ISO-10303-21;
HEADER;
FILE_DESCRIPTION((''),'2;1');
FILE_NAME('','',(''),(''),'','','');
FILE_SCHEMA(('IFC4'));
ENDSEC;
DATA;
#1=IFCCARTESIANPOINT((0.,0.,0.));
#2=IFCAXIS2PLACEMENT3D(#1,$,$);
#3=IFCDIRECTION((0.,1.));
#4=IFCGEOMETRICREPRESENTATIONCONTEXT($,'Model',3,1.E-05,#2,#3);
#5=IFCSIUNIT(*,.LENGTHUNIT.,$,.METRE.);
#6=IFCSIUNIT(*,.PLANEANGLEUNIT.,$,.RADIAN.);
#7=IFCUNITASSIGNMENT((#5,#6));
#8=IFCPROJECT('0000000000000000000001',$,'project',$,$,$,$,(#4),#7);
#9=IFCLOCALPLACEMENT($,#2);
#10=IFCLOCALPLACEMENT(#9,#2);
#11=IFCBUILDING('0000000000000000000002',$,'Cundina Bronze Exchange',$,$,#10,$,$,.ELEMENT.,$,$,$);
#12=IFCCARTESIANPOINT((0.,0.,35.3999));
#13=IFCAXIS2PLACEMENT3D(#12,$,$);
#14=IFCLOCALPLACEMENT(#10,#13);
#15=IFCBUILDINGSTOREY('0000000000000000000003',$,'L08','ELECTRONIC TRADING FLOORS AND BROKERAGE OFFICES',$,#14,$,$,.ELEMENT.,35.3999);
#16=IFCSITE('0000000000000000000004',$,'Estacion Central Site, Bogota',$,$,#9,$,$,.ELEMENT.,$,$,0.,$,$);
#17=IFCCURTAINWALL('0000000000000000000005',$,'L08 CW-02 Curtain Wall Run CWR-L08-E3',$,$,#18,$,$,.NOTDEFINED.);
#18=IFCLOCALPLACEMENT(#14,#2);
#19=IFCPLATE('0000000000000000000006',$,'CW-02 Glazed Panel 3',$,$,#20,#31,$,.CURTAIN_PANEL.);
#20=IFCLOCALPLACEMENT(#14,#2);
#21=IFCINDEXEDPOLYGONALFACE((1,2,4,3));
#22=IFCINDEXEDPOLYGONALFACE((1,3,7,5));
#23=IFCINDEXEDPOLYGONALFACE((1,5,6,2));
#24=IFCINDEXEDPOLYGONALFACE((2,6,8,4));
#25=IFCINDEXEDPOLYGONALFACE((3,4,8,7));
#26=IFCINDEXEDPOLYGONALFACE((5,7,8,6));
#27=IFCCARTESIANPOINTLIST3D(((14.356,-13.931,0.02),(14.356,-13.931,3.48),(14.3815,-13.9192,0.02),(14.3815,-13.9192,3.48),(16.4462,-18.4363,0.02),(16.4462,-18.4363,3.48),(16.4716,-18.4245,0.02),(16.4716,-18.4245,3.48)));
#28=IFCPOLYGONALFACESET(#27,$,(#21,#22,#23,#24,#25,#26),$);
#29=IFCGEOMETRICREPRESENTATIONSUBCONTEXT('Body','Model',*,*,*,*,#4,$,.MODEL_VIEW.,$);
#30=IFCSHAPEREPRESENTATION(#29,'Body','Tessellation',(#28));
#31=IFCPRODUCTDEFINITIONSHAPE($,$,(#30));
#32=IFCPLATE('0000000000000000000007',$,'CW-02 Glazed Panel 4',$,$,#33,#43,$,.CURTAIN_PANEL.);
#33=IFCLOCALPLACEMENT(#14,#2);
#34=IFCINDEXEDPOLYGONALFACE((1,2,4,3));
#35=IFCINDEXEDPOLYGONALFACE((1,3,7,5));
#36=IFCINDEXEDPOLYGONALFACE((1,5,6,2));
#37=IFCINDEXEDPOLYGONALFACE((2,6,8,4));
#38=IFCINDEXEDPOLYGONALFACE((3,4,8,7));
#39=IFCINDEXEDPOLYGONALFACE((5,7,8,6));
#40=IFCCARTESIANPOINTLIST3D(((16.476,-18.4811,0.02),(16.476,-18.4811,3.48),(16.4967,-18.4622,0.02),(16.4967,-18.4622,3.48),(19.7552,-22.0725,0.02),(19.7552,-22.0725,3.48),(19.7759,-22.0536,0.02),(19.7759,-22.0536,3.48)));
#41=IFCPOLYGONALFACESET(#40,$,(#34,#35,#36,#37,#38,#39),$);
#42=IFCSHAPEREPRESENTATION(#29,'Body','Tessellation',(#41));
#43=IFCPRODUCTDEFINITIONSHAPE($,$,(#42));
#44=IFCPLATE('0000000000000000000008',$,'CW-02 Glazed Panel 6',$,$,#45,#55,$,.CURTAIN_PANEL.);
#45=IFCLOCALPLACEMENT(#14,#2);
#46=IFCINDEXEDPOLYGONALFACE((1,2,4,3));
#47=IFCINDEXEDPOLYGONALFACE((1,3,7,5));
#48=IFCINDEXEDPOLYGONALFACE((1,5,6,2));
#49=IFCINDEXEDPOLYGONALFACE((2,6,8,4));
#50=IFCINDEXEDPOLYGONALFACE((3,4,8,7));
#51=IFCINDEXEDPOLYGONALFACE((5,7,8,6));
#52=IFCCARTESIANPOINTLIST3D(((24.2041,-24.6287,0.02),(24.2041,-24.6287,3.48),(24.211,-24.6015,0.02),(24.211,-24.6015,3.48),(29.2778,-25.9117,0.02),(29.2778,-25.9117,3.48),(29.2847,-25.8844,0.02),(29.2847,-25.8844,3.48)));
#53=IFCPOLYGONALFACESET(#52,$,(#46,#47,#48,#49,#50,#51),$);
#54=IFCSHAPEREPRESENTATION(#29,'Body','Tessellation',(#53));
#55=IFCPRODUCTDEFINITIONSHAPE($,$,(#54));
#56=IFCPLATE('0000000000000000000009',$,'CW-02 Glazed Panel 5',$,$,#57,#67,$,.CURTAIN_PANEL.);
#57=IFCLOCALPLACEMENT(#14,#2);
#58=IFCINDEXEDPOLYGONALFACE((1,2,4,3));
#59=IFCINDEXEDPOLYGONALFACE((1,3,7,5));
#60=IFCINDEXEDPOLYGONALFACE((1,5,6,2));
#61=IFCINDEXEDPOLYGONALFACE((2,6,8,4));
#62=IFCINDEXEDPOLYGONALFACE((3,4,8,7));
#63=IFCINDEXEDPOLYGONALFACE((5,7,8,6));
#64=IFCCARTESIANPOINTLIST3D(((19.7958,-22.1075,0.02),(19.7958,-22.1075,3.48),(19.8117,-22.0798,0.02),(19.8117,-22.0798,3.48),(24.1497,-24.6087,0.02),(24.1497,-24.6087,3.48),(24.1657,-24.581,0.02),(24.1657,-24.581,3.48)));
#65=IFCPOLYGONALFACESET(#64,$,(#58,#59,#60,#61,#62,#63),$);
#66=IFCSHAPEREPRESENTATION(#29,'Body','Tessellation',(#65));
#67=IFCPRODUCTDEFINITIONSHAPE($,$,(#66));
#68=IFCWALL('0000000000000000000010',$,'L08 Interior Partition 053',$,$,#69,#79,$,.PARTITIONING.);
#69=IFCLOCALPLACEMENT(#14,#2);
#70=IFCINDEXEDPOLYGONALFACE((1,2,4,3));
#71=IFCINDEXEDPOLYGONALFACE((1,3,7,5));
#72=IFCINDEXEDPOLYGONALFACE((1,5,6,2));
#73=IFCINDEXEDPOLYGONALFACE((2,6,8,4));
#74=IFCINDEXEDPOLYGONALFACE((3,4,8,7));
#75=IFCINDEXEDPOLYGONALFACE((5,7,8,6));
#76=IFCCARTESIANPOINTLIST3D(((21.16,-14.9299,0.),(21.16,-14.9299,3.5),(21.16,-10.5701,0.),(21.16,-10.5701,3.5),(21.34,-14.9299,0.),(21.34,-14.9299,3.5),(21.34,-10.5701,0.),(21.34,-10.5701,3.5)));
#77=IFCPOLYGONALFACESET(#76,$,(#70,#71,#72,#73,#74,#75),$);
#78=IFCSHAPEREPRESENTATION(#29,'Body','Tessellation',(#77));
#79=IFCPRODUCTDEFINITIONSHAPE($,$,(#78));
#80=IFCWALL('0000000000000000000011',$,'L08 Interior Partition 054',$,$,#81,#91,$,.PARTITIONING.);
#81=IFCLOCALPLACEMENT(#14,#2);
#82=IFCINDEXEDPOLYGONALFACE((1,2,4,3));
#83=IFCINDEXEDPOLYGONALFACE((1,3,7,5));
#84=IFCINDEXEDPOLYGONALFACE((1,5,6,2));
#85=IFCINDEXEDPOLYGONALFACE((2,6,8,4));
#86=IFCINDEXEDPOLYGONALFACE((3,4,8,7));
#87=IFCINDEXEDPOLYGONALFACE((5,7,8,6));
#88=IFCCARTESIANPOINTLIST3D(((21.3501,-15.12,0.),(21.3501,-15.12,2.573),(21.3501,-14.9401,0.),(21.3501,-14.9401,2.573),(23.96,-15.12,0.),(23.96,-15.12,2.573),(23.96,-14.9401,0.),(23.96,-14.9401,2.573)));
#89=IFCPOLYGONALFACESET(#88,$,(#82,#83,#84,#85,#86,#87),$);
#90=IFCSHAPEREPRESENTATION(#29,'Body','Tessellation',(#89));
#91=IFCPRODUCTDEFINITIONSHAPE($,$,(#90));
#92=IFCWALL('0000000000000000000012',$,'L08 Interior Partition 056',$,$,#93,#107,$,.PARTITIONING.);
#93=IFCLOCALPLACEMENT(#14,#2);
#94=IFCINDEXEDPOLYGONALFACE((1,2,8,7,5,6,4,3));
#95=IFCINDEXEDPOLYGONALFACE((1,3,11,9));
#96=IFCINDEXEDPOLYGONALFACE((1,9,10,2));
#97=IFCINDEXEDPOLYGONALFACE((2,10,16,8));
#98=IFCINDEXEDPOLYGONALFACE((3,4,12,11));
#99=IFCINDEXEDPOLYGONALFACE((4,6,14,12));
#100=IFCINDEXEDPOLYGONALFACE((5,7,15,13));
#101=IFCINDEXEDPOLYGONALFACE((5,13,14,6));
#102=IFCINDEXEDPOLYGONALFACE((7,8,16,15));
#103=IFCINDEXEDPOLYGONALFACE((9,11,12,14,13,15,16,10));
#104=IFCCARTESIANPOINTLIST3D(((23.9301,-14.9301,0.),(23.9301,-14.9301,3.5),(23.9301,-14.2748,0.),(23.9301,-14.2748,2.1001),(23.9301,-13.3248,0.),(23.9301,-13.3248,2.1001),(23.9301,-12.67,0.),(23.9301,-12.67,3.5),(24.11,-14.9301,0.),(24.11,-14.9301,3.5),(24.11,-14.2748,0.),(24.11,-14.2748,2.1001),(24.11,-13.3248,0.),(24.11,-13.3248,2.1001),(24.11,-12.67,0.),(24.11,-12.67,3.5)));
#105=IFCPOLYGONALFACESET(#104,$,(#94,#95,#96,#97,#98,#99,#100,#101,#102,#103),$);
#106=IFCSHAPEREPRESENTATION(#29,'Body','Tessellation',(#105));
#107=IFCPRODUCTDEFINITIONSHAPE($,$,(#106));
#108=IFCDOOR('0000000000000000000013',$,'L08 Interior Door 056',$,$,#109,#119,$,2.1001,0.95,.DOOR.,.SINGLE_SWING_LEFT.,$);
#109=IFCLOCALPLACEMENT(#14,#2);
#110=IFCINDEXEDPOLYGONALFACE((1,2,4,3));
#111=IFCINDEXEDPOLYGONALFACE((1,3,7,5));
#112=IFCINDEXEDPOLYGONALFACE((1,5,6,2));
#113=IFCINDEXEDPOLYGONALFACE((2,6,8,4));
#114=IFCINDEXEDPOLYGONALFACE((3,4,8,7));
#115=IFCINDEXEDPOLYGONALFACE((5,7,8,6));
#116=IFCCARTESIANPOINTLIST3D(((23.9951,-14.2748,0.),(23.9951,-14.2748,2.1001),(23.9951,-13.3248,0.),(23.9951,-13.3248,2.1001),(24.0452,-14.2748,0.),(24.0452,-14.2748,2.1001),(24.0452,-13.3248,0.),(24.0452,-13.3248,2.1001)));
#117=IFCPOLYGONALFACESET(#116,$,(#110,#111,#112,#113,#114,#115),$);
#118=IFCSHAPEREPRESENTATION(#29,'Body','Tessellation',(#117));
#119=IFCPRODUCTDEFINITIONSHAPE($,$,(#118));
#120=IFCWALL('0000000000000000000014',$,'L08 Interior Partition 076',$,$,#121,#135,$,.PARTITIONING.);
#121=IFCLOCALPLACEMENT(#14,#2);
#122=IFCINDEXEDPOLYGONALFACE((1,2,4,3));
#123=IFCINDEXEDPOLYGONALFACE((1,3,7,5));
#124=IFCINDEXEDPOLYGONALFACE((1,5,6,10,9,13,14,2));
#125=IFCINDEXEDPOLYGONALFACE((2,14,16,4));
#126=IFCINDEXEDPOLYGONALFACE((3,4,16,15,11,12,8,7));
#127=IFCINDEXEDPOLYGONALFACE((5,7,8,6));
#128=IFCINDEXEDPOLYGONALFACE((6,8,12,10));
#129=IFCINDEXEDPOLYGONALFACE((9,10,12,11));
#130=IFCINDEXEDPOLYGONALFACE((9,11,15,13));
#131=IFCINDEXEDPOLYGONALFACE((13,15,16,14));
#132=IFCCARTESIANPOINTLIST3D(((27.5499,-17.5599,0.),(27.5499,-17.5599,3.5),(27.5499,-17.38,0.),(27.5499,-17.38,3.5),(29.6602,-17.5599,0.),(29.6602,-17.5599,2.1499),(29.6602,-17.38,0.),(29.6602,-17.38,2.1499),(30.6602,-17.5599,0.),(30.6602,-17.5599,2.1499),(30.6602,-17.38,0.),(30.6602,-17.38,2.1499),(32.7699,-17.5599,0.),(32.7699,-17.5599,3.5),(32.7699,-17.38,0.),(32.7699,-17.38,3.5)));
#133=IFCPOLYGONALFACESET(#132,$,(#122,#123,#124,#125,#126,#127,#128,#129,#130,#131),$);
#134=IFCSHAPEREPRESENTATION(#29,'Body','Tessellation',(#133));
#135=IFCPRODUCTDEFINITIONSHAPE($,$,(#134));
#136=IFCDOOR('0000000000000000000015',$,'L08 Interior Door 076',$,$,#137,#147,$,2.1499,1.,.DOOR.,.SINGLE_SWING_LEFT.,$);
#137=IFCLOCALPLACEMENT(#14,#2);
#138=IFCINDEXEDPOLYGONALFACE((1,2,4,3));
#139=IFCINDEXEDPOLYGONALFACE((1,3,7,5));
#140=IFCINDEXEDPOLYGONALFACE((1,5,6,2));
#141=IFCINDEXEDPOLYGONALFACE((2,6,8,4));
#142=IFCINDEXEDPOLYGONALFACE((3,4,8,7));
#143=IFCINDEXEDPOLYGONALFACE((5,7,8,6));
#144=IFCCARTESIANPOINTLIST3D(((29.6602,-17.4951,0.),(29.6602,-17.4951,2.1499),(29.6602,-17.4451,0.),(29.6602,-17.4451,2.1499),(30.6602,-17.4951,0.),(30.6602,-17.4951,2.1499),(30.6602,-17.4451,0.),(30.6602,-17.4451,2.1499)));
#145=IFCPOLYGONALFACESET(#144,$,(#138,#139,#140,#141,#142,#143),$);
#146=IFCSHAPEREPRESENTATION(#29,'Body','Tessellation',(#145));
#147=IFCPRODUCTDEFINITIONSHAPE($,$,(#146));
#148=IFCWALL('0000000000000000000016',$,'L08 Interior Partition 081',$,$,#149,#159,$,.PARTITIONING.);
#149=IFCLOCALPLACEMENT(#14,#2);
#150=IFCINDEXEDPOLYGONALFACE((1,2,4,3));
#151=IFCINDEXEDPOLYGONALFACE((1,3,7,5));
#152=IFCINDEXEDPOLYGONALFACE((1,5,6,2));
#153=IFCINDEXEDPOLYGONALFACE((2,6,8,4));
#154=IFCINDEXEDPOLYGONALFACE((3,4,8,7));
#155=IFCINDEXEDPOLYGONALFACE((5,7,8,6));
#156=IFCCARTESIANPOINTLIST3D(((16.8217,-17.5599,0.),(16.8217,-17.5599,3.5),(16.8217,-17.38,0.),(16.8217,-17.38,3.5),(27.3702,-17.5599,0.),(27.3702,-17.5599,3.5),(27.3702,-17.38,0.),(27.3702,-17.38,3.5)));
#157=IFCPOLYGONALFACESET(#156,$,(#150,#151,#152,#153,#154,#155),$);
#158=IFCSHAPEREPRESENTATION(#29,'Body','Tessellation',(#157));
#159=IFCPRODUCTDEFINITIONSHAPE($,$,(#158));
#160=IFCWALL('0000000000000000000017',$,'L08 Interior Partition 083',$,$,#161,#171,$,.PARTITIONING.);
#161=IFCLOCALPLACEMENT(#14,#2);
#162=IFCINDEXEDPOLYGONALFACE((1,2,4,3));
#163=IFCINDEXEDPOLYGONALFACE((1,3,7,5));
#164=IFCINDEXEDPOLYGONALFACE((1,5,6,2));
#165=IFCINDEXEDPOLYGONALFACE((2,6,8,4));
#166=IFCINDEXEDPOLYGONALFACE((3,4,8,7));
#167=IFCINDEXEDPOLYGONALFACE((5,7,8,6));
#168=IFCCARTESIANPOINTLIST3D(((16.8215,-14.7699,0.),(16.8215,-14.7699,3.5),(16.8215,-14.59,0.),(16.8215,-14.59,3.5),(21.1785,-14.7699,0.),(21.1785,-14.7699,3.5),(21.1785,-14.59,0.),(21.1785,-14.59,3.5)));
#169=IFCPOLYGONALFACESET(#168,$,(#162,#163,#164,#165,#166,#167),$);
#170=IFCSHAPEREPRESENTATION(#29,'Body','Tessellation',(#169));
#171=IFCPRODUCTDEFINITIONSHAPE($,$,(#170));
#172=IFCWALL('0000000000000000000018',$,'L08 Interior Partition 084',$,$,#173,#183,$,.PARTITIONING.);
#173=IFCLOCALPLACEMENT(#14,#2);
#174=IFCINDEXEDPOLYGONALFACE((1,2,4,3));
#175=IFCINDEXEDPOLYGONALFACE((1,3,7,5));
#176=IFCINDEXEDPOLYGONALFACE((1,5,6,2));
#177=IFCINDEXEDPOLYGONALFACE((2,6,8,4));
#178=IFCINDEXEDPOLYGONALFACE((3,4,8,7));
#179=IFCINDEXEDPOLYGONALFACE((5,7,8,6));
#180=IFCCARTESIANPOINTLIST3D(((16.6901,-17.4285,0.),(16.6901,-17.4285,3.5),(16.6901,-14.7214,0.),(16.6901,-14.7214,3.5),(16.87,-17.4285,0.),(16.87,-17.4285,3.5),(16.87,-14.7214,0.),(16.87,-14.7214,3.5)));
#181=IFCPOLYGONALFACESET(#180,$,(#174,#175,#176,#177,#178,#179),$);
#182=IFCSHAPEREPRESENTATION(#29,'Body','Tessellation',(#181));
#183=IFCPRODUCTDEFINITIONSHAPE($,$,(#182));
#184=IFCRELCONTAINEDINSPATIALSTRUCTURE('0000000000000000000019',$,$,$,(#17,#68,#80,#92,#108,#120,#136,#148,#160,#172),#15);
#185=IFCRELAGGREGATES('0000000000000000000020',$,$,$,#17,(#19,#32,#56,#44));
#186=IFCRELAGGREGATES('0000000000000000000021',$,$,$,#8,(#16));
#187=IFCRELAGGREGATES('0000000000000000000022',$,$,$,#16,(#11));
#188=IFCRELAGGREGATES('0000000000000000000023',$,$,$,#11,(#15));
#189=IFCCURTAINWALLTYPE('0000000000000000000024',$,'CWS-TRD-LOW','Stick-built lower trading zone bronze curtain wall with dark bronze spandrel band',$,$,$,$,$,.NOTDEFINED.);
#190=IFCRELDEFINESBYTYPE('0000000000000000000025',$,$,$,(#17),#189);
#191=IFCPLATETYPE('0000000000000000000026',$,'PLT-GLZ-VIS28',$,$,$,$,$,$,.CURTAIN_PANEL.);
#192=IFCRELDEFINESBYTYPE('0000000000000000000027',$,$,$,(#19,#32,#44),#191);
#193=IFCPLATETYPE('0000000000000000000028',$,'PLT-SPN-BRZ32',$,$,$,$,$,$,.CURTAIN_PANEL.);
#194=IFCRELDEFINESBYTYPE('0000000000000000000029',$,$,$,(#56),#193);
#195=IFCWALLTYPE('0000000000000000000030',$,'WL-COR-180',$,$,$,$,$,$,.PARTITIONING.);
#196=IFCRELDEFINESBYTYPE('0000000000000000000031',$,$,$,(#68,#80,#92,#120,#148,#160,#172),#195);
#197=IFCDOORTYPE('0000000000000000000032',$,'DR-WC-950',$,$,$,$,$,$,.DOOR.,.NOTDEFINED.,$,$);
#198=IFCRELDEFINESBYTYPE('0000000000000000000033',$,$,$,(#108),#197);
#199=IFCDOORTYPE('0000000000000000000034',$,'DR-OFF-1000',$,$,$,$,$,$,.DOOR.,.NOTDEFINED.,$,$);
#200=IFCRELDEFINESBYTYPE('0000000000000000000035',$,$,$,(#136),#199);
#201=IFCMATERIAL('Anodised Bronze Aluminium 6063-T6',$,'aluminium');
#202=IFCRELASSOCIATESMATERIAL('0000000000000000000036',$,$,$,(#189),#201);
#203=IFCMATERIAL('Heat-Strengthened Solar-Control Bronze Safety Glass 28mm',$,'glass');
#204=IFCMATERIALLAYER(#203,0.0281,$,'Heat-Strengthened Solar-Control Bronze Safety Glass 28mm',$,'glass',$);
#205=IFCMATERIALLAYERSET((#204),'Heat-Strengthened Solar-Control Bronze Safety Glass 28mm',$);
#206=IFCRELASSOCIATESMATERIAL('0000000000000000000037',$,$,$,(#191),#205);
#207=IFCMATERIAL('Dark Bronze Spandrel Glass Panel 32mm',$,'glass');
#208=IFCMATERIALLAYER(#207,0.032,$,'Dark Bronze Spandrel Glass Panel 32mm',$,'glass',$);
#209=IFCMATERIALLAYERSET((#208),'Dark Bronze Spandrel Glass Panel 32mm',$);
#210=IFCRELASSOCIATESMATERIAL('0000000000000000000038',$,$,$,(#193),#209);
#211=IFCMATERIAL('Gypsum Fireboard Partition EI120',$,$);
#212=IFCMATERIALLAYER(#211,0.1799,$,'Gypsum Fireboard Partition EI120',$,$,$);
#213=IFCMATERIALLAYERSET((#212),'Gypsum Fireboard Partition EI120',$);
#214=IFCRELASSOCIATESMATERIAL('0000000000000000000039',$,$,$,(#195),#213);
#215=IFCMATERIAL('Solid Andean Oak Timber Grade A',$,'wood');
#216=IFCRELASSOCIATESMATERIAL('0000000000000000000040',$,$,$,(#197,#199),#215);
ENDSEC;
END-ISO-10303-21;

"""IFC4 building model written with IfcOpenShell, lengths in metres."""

from ifc_helpers import new_model, si_unit, direction, frame, frame_2d, origin, origin_2d, place, context, subcontext, project, spatial, rectangle, extrude, material, layer, layer_set, type_object, element, fill, aggregate, save


model = new_model("IFC4")

# Units and contexts
model_context = context("Model", 3, precision=1e-05, world=origin(), true_north=direction((0.0, 1.0)))
body_context = subcontext(model_context, "Body", "Model", "MODEL_VIEW")
ifc_project = project(units=[si_unit("LENGTHUNIT", "METRE"), si_unit("PLANEANGLEUNIT", "RADIAN")], contexts=[model_context])

# Site, building, storey
site_placement = place(None, origin())
site = spatial("IfcSite", under=ifc_project, at=site_placement, Name="Estacion Central Site, Bogota", CompositionType="ELEMENT", RefElevation=0.0)
building_placement = place(site_placement, origin())
building = spatial("IfcBuilding", under=site, at=building_placement, Name="Cundina Bronze Exchange", CompositionType="ELEMENT")
storey_placement = place(building_placement, frame((0.0, 0.0, 35.3999)))
storey = spatial("IfcBuildingStorey", under=building, at=storey_placement, Name="L08", Description="ELECTRONIC TRADING FLOORS AND BROKERAGE OFFICES", CompositionType="ELEMENT", Elevation=35.3999)

# Curtain wall, plates
ifc_material_1 = material(Name="Anodised Bronze Aluminium 6063-T6", Category="aluminium")
curtain_wall_type = type_object("IfcCurtainWallType", Name="CWS-TRD-LOW", Description="Stick-built lower trading zone bronze curtain wall with dark bronze spandrel band", PredefinedType="NOTDEFINED", material=ifc_material_1)
curtain_wall_placement = place(storey_placement, origin())
curtain_wall = element("IfcCurtainWall", 1, at=curtain_wall_placement, inside=storey, type_object=curtain_wall_type, Name="L08 CW-02 Curtain Wall Run CWR-L08-E3", PredefinedType="NOTDEFINED")
ifc_material_2 = material(Name="Heat-Strengthened Solar-Control Bronze Safety Glass 28mm", Category="glass")
ifc_layer_1 = layer(ifc_material_2, 0.0281, Name="Heat-Strengthened Solar-Control Bronze Safety Glass 28mm", Category="glass")
ifc_layer_set_1 = layer_set([ifc_layer_1], Name="Heat-Strengthened Solar-Control Bronze Safety Glass 28mm")
plate_type_1 = type_object("IfcPlateType", Name="PLT-GLZ-VIS28", PredefinedType="CURTAIN_PANEL", material=ifc_layer_set_1)
plate_1_placement = place(storey_placement, frame((15.4138, -16.1777, 0.02), z_axis=(0.0, 0.0, 1.0), x_axis=(0.420846, -0.907132, 0.0)))
plate_1 = element("IfcPlate", 2, at=plate_1_placement, type_object=plate_type_1, Name="CW-02 Glazed Panel 3", PredefinedType="CURTAIN_PANEL", context=body_context, shape_type="SweptSolid", body=[
    extrude(rectangle(XDim=4.9666, YDim=0.0281, at=origin_2d()), origin(), (0.0, 0.0, 1.0), 3.46),
])
plate_2_placement = place(storey_placement, frame((18.126, -20.2673, 0.02), z_axis=(0.0, 0.0, 1.0), x_axis=(0.674277, -0.738479, 0.0)))
plate_2 = element("IfcPlate", 3, at=plate_2_placement, type_object=plate_type_1, Name="CW-02 Glazed Panel 4", PredefinedType="CURTAIN_PANEL", context=body_context, shape_type="SweptSolid", body=[
    extrude(rectangle(XDim=4.8633, YDim=0.0281, at=origin_2d()), origin(), (0.0, 0.0, 1.0), 3.46),
])
plate_3_placement = place(storey_placement, frame((26.7444, -25.2566, 0.02), z_axis=(0.0, 0.0, 1.0), x_axis=(0.969488, -0.245138, 0.0)))
plate_3 = element("IfcPlate", 4, at=plate_3_placement, type_object=plate_type_1, Name="CW-02 Glazed Panel 6", PredefinedType="CURTAIN_PANEL", context=body_context, shape_type="SweptSolid", body=[
    extrude(rectangle(XDim=5.2334, YDim=0.0281, at=origin_2d()), origin(), (0.0, 0.0, 1.0), 3.46),
])
ifc_material_3 = material(Name="Dark Bronze Spandrel Glass Panel 32mm", Category="glass")
ifc_layer_2 = layer(ifc_material_3, 0.032, Name="Dark Bronze Spandrel Glass Panel 32mm", Category="glass")
ifc_layer_set_2 = layer_set([ifc_layer_2], Name="Dark Bronze Spandrel Glass Panel 32mm")
plate_type_2 = type_object("IfcPlateType", Name="PLT-SPN-BRZ32", PredefinedType="CURTAIN_PANEL", material=ifc_layer_set_2)
plate_4_placement = place(storey_placement, frame((21.9807, -23.3442, 0.02), z_axis=(0.0, 0.0, 1.0), x_axis=(0.867105, -0.498125, 0.0)))
plate_4 = element("IfcPlate", 5, at=plate_4_placement, type_object=plate_type_2, Name="CW-02 Glazed Panel 5", PredefinedType="CURTAIN_PANEL", context=body_context, shape_type="SweptSolid", body=[
    extrude(rectangle(XDim=5.0212, YDim=0.032, at=origin_2d()), origin(), (0.0, 0.0, 1.0), 3.46),
])
aggregate(curtain_wall, [plate_1, plate_2, plate_4, plate_3])

# Walls
ifc_material_4 = material(Name="Gypsum Fireboard Partition EI120")
ifc_layer_3 = layer(ifc_material_4, 0.1799, Name="Gypsum Fireboard Partition EI120")
ifc_layer_set_3 = layer_set([ifc_layer_3], Name="Gypsum Fireboard Partition EI120")
wall_type_1 = type_object("IfcWallType", Name="WL-COR-180", PredefinedType="PARTITIONING", material=ifc_layer_set_3)
wall_1_placement = place(storey_placement, frame((21.25, -14.9299, 0.0), z_axis=(0.0, 0.0, 1.0), x_axis=(0.0, 1.0, 0.0)))
element("IfcWall", 6, at=wall_1_placement, inside=storey, type_object=wall_type_1, Name="L08 Interior Partition 053", PredefinedType="PARTITIONING", context=body_context, shape_type="SweptSolid", body=[
    extrude(rectangle(XDim=4.3599, YDim=0.1799, at=frame_2d((2.1799, 0.0))), origin(), (0.0, 0.0, 1.0), 3.5),
])
wall_2_placement = place(storey_placement, frame((21.3501, -15.03, 0.0), z_axis=(0.0, 0.0, 1.0), x_axis=(1.0, 0.0, 0.0)))
element("IfcWall", 7, at=wall_2_placement, inside=storey, type_object=wall_type_1, Name="L08 Interior Partition 054", PredefinedType="PARTITIONING", context=body_context, shape_type="SweptSolid", body=[
    extrude(rectangle(XDim=2.6099, YDim=0.1799, at=frame_2d((1.3049, 0.0))), origin(), (0.0, 0.0, 1.0), 2.573),
])

# Walls, openings, doors
wall_3_placement = place(storey_placement, frame((24.02, -14.9299, 0.0), z_axis=(0.0, 0.0, 1.0), x_axis=(0.0, 1.0, 0.0)))
wall_3 = element("IfcWall", 8, at=wall_3_placement, inside=storey, type_object=wall_type_1, Name="L08 Interior Partition 056", PredefinedType="PARTITIONING", context=body_context, shape_type="SweptSolid", body=[
    extrude(rectangle(XDim=2.26, YDim=0.1799, at=frame_2d((1.1299, 0.0))), origin(), (0.0, 0.0, 1.0), 3.5),
])
opening_1_placement = place(wall_3_placement, frame((0.655, 0.0, 0.0)))
opening_1 = element("IfcOpeningElement", 9, at=opening_1_placement, cuts=wall_3, PredefinedType="OPENING", context=body_context, shape_type="SweptSolid", body=[
    extrude(rectangle(XDim=0.95, YDim=2.1001, at=frame_2d((0.4751, 1.05))), frame((0.0, 0.0999, 0.0), z_axis=(0.0, -1.0, 0.0), x_axis=(1.0, 0.0, 0.0)), (0.0, 0.0, 1.0), 0.2),
])
ifc_material_5 = material(Name="Solid Andean Oak Timber Grade A", Category="wood")
door_type_1 = type_object("IfcDoorType", Name="DR-WC-950", OperationType="NOTDEFINED", PredefinedType="DOOR", material=ifc_material_5)
door_1_placement = place(opening_1_placement, origin())
door_1 = element("IfcDoor", 10, at=door_1_placement, inside=storey, type_object=door_type_1, Name="L08 Interior Door 056", OperationType="SINGLE_SWING_LEFT", OverallHeight=2.1001, OverallWidth=0.95, PredefinedType="DOOR", context=body_context, shape_type="SweptSolid", body=[
    extrude(rectangle(XDim=0.95, YDim=2.1001, at=frame_2d((0.4751, 1.05))), frame((0.0, 0.0249, 0.0), z_axis=(0.0, -1.0, 0.0), x_axis=(1.0, 0.0, 0.0)), (0.0, 0.0, 1.0), 0.05),
])
fill(opening_1, door_1)
wall_4_placement = place(storey_placement, frame((27.55, -17.47, 0.0), z_axis=(0.0, 0.0, 1.0), x_axis=(1.0, 0.0, 0.0)))
wall_4 = element("IfcWall", 11, at=wall_4_placement, inside=storey, type_object=wall_type_1, Name="L08 Interior Partition 076", PredefinedType="PARTITIONING", context=body_context, shape_type="SweptSolid", body=[
    extrude(rectangle(XDim=5.22, YDim=0.1799, at=frame_2d((2.6099, 0.0))), origin(), (0.0, 0.0, 1.0), 3.5),
])
opening_2_placement = place(wall_4_placement, frame((2.1101, 0.0, 0.0)))
opening_2 = element("IfcOpeningElement", 12, at=opening_2_placement, cuts=wall_4, PredefinedType="OPENING", context=body_context, shape_type="SweptSolid", body=[
    extrude(rectangle(XDim=1.0, YDim=2.1499, at=frame_2d((0.5, 1.075))), frame((0.0, 0.0999, 0.0), z_axis=(0.0, -1.0, 0.0), x_axis=(1.0, 0.0, 0.0)), (0.0, 0.0, 1.0), 0.2),
])
door_type_2 = type_object("IfcDoorType", Name="DR-OFF-1000", OperationType="NOTDEFINED", PredefinedType="DOOR", material=ifc_material_5)
door_2_placement = place(opening_2_placement, origin())
door_2 = element("IfcDoor", 13, at=door_2_placement, inside=storey, type_object=door_type_2, Name="L08 Interior Door 076", OperationType="SINGLE_SWING_LEFT", OverallHeight=2.1499, OverallWidth=1.0, PredefinedType="DOOR", context=body_context, shape_type="SweptSolid", body=[
    extrude(rectangle(XDim=1.0, YDim=2.1499, at=frame_2d((0.5, 1.075))), frame((0.0, 0.0249, 0.0), z_axis=(0.0, -1.0, 0.0), x_axis=(1.0, 0.0, 0.0)), (0.0, 0.0, 1.0), 0.05),
])
fill(opening_2, door_2)

# Walls
wall_5_placement = place(storey_placement, frame((16.8215, -17.47, 0.0), z_axis=(0.0, 0.0, 1.0), x_axis=(1.0, 0.0, 0.0)))
element("IfcWall", 14, at=wall_5_placement, inside=storey, type_object=wall_type_1, Name="L08 Interior Partition 081", PredefinedType="PARTITIONING", context=body_context, shape_type="SweptSolid", body=[
    extrude(rectangle(XDim=10.5486, YDim=0.1799, at=frame_2d((5.2744, 0.0))), origin(), (0.0, 0.0, 1.0), 3.5),
])
wall_6_placement = place(storey_placement, frame((21.1785, -14.6799, 0.0), z_axis=(0.0, 0.0, 1.0), x_axis=(-1.0, 0.0, 0.0)))
element("IfcWall", 15, at=wall_6_placement, inside=storey, type_object=wall_type_1, Name="L08 Interior Partition 083", PredefinedType="PARTITIONING", context=body_context, shape_type="SweptSolid", body=[
    extrude(rectangle(XDim=4.3569, YDim=0.1799, at=frame_2d((2.1785, 0.0))), origin(), (0.0, 0.0, 1.0), 3.5),
])
wall_7_placement = place(storey_placement, frame((16.78, -14.7214, 0.0), z_axis=(0.0, 0.0, 1.0), x_axis=(0.0, -1.0, 0.0)))
element("IfcWall", 16, at=wall_7_placement, inside=storey, type_object=wall_type_1, Name="L08 Interior Partition 084", PredefinedType="PARTITIONING", context=body_context, shape_type="SweptSolid", body=[
    extrude(rectangle(XDim=2.707, YDim=0.1799, at=frame_2d((1.3535, 0.0))), origin(), (0.0, 0.0, 1.0), 3.5),
])

save(model, "model.ifc")
